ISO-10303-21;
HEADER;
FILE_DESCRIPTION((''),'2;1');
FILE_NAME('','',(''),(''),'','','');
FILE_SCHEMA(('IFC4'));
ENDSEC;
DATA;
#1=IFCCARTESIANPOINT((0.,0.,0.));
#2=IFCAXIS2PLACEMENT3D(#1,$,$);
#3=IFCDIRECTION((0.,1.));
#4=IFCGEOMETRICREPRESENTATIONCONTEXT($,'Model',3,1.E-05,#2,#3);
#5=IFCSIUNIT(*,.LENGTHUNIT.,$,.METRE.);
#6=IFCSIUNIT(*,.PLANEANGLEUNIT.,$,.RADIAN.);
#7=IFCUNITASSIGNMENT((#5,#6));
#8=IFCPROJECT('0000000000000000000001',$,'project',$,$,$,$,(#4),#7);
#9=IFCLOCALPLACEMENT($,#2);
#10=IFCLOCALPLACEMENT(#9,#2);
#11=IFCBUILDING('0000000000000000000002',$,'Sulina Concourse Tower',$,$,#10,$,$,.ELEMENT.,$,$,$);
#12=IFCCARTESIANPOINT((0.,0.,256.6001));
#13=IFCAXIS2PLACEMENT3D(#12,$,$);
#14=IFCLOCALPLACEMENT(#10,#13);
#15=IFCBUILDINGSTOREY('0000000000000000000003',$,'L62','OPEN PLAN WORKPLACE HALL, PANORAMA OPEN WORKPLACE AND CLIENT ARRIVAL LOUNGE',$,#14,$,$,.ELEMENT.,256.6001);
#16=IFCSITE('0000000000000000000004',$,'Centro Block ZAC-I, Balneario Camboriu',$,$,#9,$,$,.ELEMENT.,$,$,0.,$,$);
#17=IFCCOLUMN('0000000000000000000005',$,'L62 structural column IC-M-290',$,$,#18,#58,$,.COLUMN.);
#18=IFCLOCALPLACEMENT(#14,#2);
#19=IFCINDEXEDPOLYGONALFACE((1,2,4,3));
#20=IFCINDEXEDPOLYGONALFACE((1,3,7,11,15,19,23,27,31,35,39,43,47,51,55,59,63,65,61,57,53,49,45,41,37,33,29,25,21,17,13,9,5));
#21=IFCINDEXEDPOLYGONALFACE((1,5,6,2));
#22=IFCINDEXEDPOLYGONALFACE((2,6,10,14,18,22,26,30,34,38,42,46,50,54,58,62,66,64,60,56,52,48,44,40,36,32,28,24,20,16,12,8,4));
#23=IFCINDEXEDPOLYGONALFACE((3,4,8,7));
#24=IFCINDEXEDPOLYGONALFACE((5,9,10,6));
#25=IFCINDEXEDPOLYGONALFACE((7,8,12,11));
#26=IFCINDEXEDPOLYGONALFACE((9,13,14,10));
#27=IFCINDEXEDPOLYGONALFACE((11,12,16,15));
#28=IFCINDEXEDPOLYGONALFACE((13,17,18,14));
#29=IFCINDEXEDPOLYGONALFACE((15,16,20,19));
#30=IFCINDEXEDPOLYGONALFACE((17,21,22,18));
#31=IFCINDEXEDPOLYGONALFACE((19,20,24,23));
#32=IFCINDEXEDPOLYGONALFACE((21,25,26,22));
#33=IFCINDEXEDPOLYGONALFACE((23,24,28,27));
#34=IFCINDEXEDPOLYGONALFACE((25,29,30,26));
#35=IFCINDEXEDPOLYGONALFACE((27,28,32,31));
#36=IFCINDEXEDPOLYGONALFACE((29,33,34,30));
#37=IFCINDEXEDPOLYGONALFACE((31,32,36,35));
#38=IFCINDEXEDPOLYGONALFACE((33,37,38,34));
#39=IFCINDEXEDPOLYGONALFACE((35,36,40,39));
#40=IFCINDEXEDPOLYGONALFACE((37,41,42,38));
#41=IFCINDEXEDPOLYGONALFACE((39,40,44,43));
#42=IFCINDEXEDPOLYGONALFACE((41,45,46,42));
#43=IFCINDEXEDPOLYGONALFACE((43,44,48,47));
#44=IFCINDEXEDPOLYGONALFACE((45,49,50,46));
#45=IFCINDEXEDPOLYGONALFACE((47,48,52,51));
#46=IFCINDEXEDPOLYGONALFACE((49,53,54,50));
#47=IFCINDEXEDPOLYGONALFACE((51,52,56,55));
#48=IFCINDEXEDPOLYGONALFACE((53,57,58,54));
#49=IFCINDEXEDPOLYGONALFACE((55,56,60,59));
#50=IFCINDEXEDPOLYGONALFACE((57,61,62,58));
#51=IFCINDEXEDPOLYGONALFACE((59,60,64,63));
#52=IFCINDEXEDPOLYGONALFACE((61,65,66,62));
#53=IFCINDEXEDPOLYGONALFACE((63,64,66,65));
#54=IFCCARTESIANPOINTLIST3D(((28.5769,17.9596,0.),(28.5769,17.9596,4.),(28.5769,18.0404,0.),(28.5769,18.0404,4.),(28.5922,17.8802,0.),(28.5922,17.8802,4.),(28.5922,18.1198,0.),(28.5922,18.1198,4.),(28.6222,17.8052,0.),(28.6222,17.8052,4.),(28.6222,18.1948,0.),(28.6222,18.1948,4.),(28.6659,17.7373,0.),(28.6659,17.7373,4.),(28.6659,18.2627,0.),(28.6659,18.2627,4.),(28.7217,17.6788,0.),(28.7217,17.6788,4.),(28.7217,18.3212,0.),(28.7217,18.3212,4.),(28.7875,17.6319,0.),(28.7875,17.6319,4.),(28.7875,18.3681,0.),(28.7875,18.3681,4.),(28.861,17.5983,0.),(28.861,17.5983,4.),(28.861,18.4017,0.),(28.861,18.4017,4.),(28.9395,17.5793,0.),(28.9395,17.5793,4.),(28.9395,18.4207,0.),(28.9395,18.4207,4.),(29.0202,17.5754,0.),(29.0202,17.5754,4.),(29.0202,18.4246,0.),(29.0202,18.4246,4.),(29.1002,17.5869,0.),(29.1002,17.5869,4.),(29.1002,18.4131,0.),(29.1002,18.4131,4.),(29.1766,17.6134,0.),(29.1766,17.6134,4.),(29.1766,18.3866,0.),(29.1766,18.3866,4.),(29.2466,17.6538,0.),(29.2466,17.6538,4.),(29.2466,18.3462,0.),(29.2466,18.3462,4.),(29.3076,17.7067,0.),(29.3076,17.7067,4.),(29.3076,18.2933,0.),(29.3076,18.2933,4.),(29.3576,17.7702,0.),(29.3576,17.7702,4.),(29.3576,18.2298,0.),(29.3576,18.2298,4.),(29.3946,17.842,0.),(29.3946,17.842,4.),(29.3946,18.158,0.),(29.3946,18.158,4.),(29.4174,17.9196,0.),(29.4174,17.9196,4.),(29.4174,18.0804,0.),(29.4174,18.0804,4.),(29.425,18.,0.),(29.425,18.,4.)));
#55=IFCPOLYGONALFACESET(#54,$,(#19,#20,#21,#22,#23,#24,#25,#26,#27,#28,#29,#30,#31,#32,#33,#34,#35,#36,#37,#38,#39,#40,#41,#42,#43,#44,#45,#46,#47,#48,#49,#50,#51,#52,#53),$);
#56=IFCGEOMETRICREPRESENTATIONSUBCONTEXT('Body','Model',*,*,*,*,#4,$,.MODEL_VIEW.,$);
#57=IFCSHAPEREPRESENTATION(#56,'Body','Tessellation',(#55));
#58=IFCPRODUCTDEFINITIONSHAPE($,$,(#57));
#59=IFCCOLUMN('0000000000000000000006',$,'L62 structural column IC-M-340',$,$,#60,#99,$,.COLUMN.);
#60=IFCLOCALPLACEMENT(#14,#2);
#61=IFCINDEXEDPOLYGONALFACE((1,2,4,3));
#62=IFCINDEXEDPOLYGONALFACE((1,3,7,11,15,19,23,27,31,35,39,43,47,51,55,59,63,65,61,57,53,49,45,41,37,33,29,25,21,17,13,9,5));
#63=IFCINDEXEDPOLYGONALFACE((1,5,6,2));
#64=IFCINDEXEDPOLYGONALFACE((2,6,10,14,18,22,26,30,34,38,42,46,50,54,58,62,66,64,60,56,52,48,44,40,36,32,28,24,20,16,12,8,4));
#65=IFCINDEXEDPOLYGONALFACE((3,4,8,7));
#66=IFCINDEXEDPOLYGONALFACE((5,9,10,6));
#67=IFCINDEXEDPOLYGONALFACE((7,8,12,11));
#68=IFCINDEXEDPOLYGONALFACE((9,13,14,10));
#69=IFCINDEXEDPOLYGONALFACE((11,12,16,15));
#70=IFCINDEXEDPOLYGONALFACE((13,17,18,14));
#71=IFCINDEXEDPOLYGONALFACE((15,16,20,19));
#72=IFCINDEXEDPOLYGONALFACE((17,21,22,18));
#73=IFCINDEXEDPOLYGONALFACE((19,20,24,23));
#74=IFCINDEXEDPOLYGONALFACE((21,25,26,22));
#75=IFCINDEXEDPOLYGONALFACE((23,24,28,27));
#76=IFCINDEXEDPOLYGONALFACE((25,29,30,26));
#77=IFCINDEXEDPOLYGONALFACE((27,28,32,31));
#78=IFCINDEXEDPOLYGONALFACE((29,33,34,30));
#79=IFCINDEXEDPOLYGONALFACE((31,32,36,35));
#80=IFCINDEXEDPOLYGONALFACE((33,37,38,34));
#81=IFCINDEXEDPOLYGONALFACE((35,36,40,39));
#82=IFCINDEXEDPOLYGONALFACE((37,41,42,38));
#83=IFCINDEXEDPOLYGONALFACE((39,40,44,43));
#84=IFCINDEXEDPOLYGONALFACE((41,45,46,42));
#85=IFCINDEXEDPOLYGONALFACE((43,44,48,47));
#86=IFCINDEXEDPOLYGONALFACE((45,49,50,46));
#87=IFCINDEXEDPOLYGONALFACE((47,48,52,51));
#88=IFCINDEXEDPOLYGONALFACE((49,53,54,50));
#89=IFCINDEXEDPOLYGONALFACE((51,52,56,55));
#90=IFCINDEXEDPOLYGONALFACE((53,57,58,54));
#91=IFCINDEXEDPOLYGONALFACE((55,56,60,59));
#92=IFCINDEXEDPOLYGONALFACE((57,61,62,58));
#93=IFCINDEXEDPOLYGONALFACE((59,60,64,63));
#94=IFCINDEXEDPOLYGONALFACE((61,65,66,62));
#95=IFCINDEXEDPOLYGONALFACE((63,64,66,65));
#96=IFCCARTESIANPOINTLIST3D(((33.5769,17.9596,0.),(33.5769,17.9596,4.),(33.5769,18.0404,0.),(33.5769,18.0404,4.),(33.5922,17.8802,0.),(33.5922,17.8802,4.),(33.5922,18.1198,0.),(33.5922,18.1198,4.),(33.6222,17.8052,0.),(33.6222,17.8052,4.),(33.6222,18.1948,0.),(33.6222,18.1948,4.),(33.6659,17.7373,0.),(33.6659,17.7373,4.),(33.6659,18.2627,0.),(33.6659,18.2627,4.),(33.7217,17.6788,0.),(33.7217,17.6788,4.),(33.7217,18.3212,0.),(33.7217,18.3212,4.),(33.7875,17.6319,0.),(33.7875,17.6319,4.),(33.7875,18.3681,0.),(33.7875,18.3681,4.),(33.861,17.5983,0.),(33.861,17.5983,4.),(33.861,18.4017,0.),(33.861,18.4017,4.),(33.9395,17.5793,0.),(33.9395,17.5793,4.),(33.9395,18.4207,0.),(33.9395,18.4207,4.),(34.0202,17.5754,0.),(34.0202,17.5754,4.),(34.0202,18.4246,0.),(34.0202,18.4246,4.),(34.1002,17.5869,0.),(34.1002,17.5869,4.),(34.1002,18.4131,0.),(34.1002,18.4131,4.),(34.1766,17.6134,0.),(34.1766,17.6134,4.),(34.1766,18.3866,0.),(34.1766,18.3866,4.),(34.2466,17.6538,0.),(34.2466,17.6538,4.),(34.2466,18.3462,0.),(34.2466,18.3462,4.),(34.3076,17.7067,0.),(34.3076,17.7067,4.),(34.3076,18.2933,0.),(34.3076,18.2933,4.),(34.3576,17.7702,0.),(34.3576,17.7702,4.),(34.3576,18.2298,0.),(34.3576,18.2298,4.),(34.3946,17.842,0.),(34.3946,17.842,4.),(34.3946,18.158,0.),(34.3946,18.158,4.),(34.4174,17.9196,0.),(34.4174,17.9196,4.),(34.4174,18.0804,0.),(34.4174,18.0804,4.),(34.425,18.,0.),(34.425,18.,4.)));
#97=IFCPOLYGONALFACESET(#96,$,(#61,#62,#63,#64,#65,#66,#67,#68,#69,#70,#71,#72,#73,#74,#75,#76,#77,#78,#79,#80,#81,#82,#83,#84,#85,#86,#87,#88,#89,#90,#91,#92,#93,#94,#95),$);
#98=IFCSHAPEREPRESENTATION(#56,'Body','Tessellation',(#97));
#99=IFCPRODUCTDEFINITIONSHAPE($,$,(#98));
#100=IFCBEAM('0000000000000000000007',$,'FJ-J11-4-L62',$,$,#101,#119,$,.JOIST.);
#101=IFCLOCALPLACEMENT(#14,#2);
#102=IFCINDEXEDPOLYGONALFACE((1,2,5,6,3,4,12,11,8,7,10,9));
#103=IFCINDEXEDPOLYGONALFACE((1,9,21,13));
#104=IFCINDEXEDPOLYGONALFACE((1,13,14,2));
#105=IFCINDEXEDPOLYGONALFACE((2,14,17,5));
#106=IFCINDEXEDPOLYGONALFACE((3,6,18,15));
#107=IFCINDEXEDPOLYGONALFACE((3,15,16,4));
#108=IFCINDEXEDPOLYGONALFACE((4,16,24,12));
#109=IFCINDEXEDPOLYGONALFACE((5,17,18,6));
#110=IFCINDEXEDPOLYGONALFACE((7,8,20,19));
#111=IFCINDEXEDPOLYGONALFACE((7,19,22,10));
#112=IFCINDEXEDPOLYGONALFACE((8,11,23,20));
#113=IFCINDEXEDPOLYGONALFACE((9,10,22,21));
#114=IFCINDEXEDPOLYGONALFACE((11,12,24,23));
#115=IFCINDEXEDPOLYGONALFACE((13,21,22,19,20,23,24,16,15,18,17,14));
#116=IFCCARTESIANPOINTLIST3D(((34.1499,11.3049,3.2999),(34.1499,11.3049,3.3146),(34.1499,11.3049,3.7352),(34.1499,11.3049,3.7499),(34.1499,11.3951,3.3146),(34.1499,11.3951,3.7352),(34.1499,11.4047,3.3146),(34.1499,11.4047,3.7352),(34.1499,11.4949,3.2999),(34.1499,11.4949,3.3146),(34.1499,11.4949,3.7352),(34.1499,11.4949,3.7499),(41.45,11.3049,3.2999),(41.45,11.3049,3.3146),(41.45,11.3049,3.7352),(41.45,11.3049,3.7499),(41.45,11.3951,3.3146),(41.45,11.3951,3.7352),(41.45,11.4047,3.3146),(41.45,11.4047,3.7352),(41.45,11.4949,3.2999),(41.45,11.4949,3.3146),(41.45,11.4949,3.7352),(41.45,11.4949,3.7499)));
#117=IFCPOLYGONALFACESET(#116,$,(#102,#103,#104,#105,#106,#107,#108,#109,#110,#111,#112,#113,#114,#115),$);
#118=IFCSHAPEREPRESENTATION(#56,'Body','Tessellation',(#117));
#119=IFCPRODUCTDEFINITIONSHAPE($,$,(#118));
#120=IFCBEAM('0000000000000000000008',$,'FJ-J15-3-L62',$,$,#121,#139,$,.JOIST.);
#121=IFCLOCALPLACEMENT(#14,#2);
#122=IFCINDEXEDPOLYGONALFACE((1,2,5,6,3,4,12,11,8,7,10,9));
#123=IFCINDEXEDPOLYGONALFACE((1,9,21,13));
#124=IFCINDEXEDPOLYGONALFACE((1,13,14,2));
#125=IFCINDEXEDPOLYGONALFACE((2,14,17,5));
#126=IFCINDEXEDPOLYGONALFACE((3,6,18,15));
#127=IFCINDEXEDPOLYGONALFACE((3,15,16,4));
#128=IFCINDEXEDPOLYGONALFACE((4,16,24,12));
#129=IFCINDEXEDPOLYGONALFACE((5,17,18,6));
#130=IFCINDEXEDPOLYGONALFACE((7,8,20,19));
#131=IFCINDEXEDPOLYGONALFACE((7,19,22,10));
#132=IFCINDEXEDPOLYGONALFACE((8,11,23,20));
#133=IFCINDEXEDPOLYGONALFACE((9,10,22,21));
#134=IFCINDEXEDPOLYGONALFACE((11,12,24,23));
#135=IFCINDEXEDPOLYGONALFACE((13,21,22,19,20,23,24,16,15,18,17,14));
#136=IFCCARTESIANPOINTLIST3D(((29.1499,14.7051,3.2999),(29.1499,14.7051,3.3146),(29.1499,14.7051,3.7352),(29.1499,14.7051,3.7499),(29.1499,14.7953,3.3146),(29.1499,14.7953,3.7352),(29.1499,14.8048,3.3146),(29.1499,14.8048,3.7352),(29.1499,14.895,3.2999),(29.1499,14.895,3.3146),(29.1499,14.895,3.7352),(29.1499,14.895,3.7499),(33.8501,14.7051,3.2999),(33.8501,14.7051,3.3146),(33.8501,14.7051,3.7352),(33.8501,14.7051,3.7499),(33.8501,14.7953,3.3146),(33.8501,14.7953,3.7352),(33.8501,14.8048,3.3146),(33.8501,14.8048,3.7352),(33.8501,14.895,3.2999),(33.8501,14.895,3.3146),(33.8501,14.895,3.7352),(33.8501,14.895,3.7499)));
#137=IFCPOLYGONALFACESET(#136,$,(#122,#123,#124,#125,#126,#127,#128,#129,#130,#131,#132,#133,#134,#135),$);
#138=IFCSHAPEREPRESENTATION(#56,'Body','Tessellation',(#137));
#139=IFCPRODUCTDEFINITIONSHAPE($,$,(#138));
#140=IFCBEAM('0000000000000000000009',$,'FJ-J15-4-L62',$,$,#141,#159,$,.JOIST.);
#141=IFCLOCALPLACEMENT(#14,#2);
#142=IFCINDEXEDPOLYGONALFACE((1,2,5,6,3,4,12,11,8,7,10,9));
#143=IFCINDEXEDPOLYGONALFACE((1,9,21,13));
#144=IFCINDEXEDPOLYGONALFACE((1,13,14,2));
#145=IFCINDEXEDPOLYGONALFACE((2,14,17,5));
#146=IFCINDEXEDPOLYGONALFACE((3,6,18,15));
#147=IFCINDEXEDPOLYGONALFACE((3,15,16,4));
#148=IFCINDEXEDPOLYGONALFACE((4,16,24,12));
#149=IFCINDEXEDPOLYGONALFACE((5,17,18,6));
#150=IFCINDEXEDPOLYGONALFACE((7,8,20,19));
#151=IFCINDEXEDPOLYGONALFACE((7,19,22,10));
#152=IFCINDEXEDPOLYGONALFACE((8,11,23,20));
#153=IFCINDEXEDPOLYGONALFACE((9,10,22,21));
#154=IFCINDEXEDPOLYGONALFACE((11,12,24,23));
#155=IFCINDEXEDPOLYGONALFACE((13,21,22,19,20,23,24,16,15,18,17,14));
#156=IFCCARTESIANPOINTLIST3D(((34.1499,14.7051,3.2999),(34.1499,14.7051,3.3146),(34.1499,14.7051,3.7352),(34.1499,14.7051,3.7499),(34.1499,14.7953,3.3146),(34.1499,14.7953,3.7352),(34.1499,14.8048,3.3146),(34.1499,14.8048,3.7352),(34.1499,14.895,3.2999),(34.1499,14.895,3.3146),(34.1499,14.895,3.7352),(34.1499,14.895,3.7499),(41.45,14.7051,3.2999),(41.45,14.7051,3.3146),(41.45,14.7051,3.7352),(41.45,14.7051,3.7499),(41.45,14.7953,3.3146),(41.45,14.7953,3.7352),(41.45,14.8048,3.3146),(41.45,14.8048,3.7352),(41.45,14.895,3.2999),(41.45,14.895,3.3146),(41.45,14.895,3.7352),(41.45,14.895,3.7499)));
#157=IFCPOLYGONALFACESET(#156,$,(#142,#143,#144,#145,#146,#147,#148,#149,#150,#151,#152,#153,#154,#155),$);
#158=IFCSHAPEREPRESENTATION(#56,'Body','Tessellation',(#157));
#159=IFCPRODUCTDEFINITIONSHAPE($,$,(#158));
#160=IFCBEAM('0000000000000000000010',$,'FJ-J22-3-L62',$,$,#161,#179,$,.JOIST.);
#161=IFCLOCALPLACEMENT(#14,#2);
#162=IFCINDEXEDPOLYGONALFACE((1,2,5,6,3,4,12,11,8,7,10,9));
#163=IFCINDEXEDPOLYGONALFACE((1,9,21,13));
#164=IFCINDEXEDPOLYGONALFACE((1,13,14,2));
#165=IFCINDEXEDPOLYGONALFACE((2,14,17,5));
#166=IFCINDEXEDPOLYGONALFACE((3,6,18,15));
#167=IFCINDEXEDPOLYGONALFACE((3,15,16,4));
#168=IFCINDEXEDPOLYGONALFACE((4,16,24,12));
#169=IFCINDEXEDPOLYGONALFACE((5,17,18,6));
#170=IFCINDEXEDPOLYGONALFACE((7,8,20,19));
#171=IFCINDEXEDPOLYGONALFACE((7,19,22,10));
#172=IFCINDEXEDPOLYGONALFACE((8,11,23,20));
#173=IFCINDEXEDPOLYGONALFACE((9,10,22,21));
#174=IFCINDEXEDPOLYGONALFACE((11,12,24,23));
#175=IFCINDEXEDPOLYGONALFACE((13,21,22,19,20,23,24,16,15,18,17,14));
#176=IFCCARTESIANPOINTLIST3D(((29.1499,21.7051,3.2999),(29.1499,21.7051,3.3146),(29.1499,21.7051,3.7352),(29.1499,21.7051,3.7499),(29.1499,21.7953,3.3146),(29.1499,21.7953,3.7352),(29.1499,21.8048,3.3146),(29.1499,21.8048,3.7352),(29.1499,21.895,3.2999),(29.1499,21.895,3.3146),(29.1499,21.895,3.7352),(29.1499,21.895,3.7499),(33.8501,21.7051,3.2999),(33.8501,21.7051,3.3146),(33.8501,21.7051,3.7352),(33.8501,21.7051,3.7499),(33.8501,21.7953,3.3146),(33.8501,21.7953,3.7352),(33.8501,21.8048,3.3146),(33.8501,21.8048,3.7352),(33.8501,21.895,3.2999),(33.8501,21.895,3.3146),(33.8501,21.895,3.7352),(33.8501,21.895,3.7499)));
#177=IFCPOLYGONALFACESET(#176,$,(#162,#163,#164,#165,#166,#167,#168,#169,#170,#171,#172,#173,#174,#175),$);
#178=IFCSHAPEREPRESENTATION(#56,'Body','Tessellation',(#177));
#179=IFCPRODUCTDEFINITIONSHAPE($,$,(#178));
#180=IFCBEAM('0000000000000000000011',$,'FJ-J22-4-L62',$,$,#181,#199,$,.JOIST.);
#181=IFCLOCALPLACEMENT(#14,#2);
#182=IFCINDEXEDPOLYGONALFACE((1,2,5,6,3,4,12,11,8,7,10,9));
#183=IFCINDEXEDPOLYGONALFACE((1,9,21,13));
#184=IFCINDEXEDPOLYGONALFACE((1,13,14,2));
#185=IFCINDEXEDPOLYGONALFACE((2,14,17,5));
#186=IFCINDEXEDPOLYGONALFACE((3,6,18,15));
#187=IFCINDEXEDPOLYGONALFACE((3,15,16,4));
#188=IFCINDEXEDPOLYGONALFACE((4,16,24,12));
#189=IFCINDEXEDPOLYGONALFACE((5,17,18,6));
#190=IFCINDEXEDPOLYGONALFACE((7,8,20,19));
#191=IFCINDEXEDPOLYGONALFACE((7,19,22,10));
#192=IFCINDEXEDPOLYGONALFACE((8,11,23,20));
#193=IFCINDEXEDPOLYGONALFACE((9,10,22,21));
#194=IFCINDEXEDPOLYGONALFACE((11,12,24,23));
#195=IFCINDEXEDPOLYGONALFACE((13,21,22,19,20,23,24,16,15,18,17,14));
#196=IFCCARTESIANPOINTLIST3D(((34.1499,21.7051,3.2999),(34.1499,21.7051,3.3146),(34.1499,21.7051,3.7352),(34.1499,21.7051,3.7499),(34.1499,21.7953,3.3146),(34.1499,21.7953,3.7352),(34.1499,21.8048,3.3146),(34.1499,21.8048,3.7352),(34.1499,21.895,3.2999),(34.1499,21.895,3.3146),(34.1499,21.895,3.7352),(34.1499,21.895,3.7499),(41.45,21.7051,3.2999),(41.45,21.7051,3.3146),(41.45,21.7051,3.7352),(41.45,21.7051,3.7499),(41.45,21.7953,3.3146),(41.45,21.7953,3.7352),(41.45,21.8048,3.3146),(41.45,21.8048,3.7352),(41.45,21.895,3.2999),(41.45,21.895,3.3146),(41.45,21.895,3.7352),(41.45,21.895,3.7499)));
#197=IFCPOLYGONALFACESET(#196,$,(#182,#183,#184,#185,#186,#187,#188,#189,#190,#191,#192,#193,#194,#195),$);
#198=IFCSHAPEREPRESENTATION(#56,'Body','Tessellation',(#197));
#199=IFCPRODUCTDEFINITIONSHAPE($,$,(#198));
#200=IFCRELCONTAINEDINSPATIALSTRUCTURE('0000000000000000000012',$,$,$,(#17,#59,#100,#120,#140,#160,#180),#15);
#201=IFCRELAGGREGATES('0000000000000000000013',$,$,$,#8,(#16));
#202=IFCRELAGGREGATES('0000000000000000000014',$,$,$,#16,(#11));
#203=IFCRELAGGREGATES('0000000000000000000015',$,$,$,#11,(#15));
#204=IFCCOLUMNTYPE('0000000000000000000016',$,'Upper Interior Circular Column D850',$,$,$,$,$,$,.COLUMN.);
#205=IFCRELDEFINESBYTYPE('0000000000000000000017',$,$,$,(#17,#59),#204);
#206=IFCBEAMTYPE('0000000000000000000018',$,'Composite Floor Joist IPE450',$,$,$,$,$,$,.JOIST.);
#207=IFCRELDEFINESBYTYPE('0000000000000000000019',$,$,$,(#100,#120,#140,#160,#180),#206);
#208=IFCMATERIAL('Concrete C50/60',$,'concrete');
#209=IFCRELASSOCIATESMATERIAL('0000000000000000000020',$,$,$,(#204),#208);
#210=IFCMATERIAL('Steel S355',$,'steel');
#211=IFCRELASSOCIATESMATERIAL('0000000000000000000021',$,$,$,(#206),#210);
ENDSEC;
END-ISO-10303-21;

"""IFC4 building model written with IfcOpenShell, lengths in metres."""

from ifc_helpers import new_model, si_unit, direction, frame, origin, origin_2d, place, context, subcontext, project, spatial, circle, i_section, extrude, material, material_profile, profile_set, type_object, element, save


model = new_model("IFC4")

# Units and contexts
model_context = context("Model", 3, precision=1e-05, world=origin(), true_north=direction((0.0, 1.0)))
body_context = subcontext(model_context, "Body", "Model", "MODEL_VIEW")
ifc_project = project(units=[si_unit("LENGTHUNIT", "METRE"), si_unit("PLANEANGLEUNIT", "RADIAN")], contexts=[model_context])

# Site, building, storey
site_placement = place(None, origin())
site = spatial("IfcSite", under=ifc_project, at=site_placement, Name="Centro Block ZAC-I, Balneario Camboriu", CompositionType="ELEMENT", RefElevation=0.0)
building_placement = place(site_placement, origin())
building = spatial("IfcBuilding", under=site, at=building_placement, Name="Sulina Concourse Tower", CompositionType="ELEMENT")
storey_placement = place(building_placement, frame((0.0, 0.0, 256.6001)))
storey = spatial("IfcBuildingStorey", under=building, at=storey_placement, Name="L62", Description="OPEN PLAN WORKPLACE HALL, PANORAMA OPEN WORKPLACE AND CLIENT ARRIVAL LOUNGE", CompositionType="ELEMENT", Elevation=256.6001)

# Columns
ifc_material_1 = material(Name="Concrete C50/60", Category="concrete")
ifc_material_profile_1 = material_profile(ifc_material_1, circle(Radius=0.425, at=origin_2d()), Name="RC D850")
ifc_profile_set_1 = profile_set([ifc_material_profile_1], Name="Concrete C50/60")
column_type = type_object("IfcColumnType", Name="Upper Interior Circular Column D850", PredefinedType="COLUMN", material=ifc_profile_set_1)
for number, where, z_axis, x_axis, name in (
    (1, (29.0, 18.0, 0.0), (0.0, 0.0, 1.0), (1.0, 0.0, 0.0), "L62 structural column IC-M-290"),
    (2, (34.0, 18.0, 0.0), (0.0, 0.0, 1.0), (1.0, 0.0, 0.0), "L62 structural column IC-M-340"),
):
    element("IfcColumn", number, at=place(storey_placement, frame(where, z_axis=z_axis, x_axis=x_axis)), inside=storey, type_object=column_type, Name=name, PredefinedType="COLUMN", context=body_context, shape_type="SweptSolid", body=[
        extrude(circle(Radius=0.425, at=origin_2d()), origin(), (0.0, 0.0, 1.0), 4.0),
    ])

# Beams
ifc_material_2 = material(Name="Steel S355", Category="steel")
ifc_material_profile_2 = material_profile(ifc_material_2, i_section(OverallWidth=0.1899, OverallDepth=0.45, WebThickness=0.0095, FlangeThickness=0.0146, at=origin_2d()), Name="IPE 450")
ifc_profile_set_2 = profile_set([ifc_material_profile_2], Name="Steel S355")
beam_type_1 = type_object("IfcBeamType", Name="Composite Floor Joist IPE450", PredefinedType="JOIST", material=ifc_profile_set_2)
beam_1_placement = place(storey_placement, frame((34.1499, 11.3999, 3.5249), z_axis=(1.0, 0.0, 0.0), x_axis=(0.0, 1.0, 0.0)))
element("IfcBeam", 3, at=beam_1_placement, inside=storey, type_object=beam_type_1, Name="FJ-J11-4-L62", PredefinedType="JOIST", context=body_context, shape_type="SweptSolid", body=[
    extrude(i_section(OverallWidth=0.1899, OverallDepth=0.45, WebThickness=0.0095, FlangeThickness=0.0146, at=origin_2d()), origin(), (0.0, 0.0, 1.0), 7.3),
])
beam_2_placement = place(storey_placement, frame((29.1499, 14.8, 3.5249), z_axis=(1.0, 0.0, 0.0), x_axis=(0.0, 1.0, 0.0)))
element("IfcBeam", 4, at=beam_2_placement, inside=storey, type_object=beam_type_1, Name="FJ-J15-3-L62", PredefinedType="JOIST", context=body_context, shape_type="SweptSolid", body=[
    extrude(i_section(OverallWidth=0.1899, OverallDepth=0.45, WebThickness=0.0095, FlangeThickness=0.0146, at=origin_2d()), origin(), (0.0, 0.0, 1.0), 4.7002),
])
beam_3_placement = place(storey_placement, frame((34.1499, 14.8, 3.5249), z_axis=(1.0, 0.0, 0.0), x_axis=(0.0, 1.0, 0.0)))
element("IfcBeam", 5, at=beam_3_placement, inside=storey, type_object=beam_type_1, Name="FJ-J15-4-L62", PredefinedType="JOIST", context=body_context, shape_type="SweptSolid", body=[
    extrude(i_section(OverallWidth=0.1899, OverallDepth=0.45, WebThickness=0.0095, FlangeThickness=0.0146, at=origin_2d()), origin(), (0.0, 0.0, 1.0), 7.3),
])
beam_4_placement = place(storey_placement, frame((29.1499, 21.8, 3.5249), z_axis=(1.0, 0.0, 0.0), x_axis=(0.0, 1.0, 0.0)))
element("IfcBeam", 6, at=beam_4_placement, inside=storey, type_object=beam_type_1, Name="FJ-J22-3-L62", PredefinedType="JOIST", context=body_context, shape_type="SweptSolid", body=[
    extrude(i_section(OverallWidth=0.1899, OverallDepth=0.45, WebThickness=0.0095, FlangeThickness=0.0146, at=origin_2d()), origin(), (0.0, 0.0, 1.0), 4.7002),
])
beam_5_placement = place(storey_placement, frame((34.1499, 21.8, 3.5249), z_axis=(1.0, 0.0, 0.0), x_axis=(0.0, 1.0, 0.0)))
element("IfcBeam", 7, at=beam_5_placement, inside=storey, type_object=beam_type_1, Name="FJ-J22-4-L62", PredefinedType="JOIST", context=body_context, shape_type="SweptSolid", body=[
    extrude(i_section(OverallWidth=0.1899, OverallDepth=0.45, WebThickness=0.0095, FlangeThickness=0.0146, at=origin_2d()), origin(), (0.0, 0.0, 1.0), 7.3),
])

save(model, "model.ifc")
